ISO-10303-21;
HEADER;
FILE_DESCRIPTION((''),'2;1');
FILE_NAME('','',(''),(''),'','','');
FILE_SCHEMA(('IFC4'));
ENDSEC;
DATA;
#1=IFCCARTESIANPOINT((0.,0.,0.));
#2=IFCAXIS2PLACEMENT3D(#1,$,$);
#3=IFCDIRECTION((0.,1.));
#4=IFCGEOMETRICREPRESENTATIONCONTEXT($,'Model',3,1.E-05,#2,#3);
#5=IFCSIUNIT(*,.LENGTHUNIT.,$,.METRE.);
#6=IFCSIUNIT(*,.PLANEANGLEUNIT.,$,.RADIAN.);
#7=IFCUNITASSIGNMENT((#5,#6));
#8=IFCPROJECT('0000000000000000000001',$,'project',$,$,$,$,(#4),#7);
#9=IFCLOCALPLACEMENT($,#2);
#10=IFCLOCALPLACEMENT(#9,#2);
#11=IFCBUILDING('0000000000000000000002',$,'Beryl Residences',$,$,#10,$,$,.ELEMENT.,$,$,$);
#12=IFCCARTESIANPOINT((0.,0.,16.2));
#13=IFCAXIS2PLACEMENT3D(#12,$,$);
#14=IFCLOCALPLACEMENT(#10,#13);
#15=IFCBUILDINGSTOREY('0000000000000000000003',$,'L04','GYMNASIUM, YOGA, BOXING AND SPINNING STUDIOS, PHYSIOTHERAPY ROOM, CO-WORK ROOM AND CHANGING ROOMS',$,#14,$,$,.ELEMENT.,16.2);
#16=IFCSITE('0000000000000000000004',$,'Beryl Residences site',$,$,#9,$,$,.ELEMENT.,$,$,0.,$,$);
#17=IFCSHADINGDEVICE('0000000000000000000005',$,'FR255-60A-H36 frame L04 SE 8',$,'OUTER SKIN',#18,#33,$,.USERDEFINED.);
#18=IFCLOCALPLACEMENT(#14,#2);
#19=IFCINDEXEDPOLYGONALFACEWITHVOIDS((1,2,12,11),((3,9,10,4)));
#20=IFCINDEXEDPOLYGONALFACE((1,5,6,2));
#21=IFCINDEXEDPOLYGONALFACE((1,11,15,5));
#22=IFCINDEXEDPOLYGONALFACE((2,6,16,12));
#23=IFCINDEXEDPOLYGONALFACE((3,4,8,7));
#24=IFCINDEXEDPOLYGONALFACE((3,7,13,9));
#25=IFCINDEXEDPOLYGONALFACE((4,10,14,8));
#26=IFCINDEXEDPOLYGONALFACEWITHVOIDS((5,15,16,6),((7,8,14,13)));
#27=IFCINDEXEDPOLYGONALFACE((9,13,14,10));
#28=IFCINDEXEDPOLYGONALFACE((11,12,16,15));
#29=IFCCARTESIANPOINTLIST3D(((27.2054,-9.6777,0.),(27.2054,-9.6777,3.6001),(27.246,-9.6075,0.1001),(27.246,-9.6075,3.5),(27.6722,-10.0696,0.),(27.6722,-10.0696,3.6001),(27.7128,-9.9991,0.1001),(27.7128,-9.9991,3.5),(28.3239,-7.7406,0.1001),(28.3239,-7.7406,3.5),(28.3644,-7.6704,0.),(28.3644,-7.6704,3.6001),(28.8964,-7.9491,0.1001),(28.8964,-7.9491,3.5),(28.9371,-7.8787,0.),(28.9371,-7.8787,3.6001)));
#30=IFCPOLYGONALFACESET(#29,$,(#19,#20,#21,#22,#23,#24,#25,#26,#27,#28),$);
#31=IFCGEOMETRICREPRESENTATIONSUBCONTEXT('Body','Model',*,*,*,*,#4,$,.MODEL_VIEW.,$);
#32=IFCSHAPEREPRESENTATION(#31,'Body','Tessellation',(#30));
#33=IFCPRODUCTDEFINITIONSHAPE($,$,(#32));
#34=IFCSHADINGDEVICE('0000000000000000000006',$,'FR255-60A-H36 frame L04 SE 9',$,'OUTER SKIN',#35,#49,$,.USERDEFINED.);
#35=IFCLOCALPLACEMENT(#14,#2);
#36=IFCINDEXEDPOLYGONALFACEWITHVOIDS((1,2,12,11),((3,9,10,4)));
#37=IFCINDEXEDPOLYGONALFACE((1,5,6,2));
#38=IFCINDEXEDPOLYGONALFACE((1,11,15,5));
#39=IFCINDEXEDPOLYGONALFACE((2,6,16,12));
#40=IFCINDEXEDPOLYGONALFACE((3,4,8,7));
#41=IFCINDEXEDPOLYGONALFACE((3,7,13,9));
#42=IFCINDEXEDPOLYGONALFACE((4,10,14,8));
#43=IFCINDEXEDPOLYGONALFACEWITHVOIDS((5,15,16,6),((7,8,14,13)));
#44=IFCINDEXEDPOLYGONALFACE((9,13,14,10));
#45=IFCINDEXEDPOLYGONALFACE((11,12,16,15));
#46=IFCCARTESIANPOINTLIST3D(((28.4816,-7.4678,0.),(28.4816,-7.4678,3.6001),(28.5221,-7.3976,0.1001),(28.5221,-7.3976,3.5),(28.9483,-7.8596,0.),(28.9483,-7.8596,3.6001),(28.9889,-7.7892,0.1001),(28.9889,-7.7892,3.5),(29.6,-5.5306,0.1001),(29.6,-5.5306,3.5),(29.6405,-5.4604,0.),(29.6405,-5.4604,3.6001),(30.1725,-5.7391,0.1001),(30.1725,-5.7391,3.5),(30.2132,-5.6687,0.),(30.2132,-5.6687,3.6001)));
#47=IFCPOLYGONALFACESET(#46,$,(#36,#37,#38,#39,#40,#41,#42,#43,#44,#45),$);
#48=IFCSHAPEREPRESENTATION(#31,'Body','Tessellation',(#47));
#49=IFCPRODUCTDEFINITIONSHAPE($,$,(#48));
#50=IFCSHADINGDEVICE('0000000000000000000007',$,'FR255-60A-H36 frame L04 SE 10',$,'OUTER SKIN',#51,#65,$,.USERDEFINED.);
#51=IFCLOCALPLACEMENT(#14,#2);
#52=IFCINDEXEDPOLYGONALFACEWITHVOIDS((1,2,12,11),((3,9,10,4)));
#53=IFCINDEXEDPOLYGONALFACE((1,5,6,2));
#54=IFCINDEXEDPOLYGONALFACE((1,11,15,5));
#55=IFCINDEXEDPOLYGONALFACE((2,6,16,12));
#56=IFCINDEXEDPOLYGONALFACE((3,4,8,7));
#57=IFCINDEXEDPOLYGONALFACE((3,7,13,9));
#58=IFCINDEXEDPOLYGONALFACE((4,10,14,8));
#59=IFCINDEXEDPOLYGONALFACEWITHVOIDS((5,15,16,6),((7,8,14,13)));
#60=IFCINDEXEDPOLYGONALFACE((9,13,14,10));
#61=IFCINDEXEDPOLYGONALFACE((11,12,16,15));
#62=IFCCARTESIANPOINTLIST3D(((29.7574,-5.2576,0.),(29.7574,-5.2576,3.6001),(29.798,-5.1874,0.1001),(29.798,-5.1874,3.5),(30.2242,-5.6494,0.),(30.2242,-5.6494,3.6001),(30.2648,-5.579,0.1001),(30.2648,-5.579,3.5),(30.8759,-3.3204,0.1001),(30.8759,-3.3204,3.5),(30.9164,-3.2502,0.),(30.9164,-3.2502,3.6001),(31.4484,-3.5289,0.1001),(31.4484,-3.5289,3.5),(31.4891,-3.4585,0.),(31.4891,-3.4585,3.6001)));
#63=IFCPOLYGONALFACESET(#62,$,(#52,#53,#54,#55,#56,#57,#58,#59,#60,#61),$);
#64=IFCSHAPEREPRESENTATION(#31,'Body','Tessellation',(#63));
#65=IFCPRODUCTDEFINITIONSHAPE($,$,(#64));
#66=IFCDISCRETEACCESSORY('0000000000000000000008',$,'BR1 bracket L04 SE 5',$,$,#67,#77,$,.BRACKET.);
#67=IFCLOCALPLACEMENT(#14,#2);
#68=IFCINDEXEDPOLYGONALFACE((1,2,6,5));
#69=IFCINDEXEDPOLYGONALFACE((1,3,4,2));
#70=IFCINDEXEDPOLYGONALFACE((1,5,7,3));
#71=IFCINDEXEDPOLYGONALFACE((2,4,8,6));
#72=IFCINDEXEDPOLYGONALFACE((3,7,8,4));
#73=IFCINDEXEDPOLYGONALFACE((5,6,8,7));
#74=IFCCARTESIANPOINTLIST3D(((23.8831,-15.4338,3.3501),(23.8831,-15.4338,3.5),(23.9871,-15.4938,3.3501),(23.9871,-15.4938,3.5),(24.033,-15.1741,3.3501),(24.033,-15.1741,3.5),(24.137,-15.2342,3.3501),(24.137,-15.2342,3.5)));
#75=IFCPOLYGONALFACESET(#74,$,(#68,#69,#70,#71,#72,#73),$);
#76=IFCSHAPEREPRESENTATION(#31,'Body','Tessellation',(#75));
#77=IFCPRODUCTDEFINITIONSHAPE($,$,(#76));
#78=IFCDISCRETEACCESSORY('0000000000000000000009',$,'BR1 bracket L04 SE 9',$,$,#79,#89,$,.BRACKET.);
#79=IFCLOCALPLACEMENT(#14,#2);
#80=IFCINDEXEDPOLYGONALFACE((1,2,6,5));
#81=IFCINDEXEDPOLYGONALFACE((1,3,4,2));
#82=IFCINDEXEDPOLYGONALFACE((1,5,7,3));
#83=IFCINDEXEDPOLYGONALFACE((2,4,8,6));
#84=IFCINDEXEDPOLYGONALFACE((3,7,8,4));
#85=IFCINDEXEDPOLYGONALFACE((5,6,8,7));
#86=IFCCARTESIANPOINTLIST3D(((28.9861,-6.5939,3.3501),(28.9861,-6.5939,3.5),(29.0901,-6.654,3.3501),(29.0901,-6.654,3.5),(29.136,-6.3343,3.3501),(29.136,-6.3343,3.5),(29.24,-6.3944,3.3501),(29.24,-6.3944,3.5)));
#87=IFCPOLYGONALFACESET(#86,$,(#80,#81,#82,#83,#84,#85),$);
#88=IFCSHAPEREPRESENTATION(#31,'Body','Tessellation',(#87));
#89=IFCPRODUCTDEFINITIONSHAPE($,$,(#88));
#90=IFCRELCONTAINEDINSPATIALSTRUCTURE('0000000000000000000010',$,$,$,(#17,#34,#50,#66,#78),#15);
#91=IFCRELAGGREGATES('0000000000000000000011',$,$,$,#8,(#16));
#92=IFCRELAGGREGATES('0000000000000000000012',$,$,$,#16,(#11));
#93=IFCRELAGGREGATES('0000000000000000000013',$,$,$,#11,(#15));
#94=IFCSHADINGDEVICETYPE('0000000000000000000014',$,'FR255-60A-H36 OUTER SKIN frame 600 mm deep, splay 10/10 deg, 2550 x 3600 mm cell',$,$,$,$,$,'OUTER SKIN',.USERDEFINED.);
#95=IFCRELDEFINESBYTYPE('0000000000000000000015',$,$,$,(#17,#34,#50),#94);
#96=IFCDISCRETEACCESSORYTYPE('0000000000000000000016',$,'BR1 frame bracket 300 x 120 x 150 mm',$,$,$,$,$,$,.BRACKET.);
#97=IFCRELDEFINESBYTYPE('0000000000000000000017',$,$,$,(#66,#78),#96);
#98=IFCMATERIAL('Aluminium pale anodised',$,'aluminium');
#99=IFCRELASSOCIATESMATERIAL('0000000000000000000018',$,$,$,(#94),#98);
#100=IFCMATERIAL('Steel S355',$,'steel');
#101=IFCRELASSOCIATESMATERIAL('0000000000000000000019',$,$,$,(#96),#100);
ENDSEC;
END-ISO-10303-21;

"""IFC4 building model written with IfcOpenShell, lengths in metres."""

from ifc_helpers import new_model, entity, si_unit, direction, frame, origin, place, context, subcontext, project, spatial, polyline, outline, extrude, source, transform, mapped, material, type_object, type_shapes, element, save


model = new_model("IFC4")

# Units and contexts
model_context = context("Model", 3, precision=1e-05, world=origin(), true_north=direction((0.0, 1.0)))
body_context = subcontext(model_context, "Body", "Model", "MODEL_VIEW")
ifc_project = project(units=[si_unit("LENGTHUNIT", "METRE"), si_unit("PLANEANGLEUNIT", "RADIAN")], contexts=[model_context])

# Site, building, storey
site_placement = place(None, origin())
site = spatial("IfcSite", under=ifc_project, at=site_placement, Name="Beryl Residences site", CompositionType="ELEMENT", RefElevation=0.0)
building_placement = place(site_placement, origin())
building = spatial("IfcBuilding", under=site, at=building_placement, Name="Beryl Residences", CompositionType="ELEMENT")
storey_placement = place(building_placement, frame((0.0, 0.0, 16.2)))
storey = spatial("IfcBuildingStorey", under=building, at=storey_placement, Name="L04", Description="GYMNASIUM, YOGA, BOXING AND SPINNING STUDIOS, PHYSIOTHERAPY ROOM, CO-WORK ROOM AND CHANGING ROOMS", CompositionType="ELEMENT", Elevation=16.2)

# Shading devices
ifc_material_1 = material(Name="Aluminium pale anodised", Category="aluminium")
shading_device_type = type_object("IfcShadingDeviceType", Name="FR255-60A-H36 OUTER SKIN frame 600 mm deep, splay 10/10 deg, 2550 x 3600 mm cell", ElementType="OUTER SKIN", PredefinedType="USERDEFINED", material=ifc_material_1)
cartesian_point_1 = entity("IfcCartesianPoint", [-1.1589, 0.0])
cartesian_point_2 = entity("IfcCartesianPoint", [-1.0779, 0.1001])
cartesian_point_3 = entity("IfcCartesianPoint", [-1.2649, 0.0])
cartesian_point_4 = entity("IfcCartesianPoint", [-1.1836, 0.1001])
shared_shape_1 = source(origin(), body_context, "Body", "SweptSolid", [
    entity("IfcExtrudedAreaSolidTapered", entity("IfcArbitraryProfileDefWithVoids", "AREA", None, entity("IfcPolyline", [cartesian_point_1, entity("IfcCartesianPoint", [1.1589, 0.0]), entity("IfcCartesianPoint", [1.1589, 3.6001]), entity("IfcCartesianPoint", [-1.1589, 3.6001]), cartesian_point_1]), [entity("IfcPolyline", [cartesian_point_2, entity("IfcCartesianPoint", [1.0779, 0.1001]), entity("IfcCartesianPoint", [1.0779, 3.5]), entity("IfcCartesianPoint", [-1.0779, 3.5]), cartesian_point_2])]), entity("IfcAxis2Placement3D", entity("IfcCartesianPoint", [0.0, 0.0, 0.0]), entity("IfcDirection", [0.0, 1.0, 0.0]), entity("IfcDirection", [-1.0, 0.0, 0.0])), entity("IfcDirection", [0.0, 0.0, 1.0]), 0.6001, entity("IfcArbitraryProfileDefWithVoids", "AREA", None, entity("IfcPolyline", [cartesian_point_3, entity("IfcCartesianPoint", [1.2649, 0.0]), entity("IfcCartesianPoint", [1.2649, 3.6001]), entity("IfcCartesianPoint", [-1.2649, 3.6001]), cartesian_point_3]), [entity("IfcPolyline", [cartesian_point_4, entity("IfcCartesianPoint", [1.1836, 0.1001]), entity("IfcCartesianPoint", [1.1836, 3.5]), entity("IfcCartesianPoint", [-1.1836, 3.5]), cartesian_point_4])])),
])
type_shapes(shading_device_type, [shared_shape_1])
for number, where, z_axis, x_axis, name in (
    (1, (27.7849, -8.6741, 0.0), (0.0, 0.0, 1.0), (-0.5, -0.866025, 0.0), "FR255-60A-H36 frame L04 SE 8"),
    (2, (29.061, -6.4641, 0.0), (0.0, 0.0, 1.0), (-0.5, -0.866025, 0.0), "FR255-60A-H36 frame L04 SE 9"),
    (3, (30.3369, -4.2539, 0.0), (0.0, 0.0, 1.0), (-0.5, -0.866025, 0.0), "FR255-60A-H36 frame L04 SE 10"),
):
    element("IfcShadingDevice", number, at=place(storey_placement, frame(where, z_axis=z_axis, x_axis=x_axis)), inside=storey, type_object=shading_device_type, Name=name, ObjectType="OUTER SKIN", PredefinedType="USERDEFINED", context=body_context, shape_type="MappedRepresentation", body=[
        mapped(shared_shape_1, transform((0.0, 0.0, 0.0))),
    ])

# Discrete accessories
ifc_material_2 = material(Name="Steel S355", Category="steel")
discrete_accessory_type = type_object("IfcDiscreteAccessoryType", Name="BR1 frame bracket 300 x 120 x 150 mm", PredefinedType="BRACKET", material=ifc_material_2)
shared_shape_2 = source(origin(), body_context, "Body", "SweptSolid", [
    extrude(outline(polyline([(-0.1499, 0.0), (0.1499, 0.0), (0.1499, 0.1201), (-0.1499, 0.1201), (-0.1499, 0.0)])), origin(), (0.0, 0.0, 1.0), 0.1499),
])
type_shapes(discrete_accessory_type, [shared_shape_2])
for number, where, z_axis, x_axis, name in (
    (4, (23.958, -15.304, 3.3501), (0.0, 0.0, 1.0), (-0.5, -0.866025, 0.0), "BR1 bracket L04 SE 5"),
    (5, (29.061, -6.4641, 3.3501), (0.0, 0.0, 1.0), (-0.5, -0.866025, 0.0), "BR1 bracket L04 SE 9"),
):
    element("IfcDiscreteAccessory", number, at=place(storey_placement, frame(where, z_axis=z_axis, x_axis=x_axis)), inside=storey, type_object=discrete_accessory_type, Name=name, PredefinedType="BRACKET", context=body_context, shape_type="MappedRepresentation", body=[
        mapped(shared_shape_2, transform((0.0, 0.0, 0.0))),
    ])

save(model, "model.ifc")
